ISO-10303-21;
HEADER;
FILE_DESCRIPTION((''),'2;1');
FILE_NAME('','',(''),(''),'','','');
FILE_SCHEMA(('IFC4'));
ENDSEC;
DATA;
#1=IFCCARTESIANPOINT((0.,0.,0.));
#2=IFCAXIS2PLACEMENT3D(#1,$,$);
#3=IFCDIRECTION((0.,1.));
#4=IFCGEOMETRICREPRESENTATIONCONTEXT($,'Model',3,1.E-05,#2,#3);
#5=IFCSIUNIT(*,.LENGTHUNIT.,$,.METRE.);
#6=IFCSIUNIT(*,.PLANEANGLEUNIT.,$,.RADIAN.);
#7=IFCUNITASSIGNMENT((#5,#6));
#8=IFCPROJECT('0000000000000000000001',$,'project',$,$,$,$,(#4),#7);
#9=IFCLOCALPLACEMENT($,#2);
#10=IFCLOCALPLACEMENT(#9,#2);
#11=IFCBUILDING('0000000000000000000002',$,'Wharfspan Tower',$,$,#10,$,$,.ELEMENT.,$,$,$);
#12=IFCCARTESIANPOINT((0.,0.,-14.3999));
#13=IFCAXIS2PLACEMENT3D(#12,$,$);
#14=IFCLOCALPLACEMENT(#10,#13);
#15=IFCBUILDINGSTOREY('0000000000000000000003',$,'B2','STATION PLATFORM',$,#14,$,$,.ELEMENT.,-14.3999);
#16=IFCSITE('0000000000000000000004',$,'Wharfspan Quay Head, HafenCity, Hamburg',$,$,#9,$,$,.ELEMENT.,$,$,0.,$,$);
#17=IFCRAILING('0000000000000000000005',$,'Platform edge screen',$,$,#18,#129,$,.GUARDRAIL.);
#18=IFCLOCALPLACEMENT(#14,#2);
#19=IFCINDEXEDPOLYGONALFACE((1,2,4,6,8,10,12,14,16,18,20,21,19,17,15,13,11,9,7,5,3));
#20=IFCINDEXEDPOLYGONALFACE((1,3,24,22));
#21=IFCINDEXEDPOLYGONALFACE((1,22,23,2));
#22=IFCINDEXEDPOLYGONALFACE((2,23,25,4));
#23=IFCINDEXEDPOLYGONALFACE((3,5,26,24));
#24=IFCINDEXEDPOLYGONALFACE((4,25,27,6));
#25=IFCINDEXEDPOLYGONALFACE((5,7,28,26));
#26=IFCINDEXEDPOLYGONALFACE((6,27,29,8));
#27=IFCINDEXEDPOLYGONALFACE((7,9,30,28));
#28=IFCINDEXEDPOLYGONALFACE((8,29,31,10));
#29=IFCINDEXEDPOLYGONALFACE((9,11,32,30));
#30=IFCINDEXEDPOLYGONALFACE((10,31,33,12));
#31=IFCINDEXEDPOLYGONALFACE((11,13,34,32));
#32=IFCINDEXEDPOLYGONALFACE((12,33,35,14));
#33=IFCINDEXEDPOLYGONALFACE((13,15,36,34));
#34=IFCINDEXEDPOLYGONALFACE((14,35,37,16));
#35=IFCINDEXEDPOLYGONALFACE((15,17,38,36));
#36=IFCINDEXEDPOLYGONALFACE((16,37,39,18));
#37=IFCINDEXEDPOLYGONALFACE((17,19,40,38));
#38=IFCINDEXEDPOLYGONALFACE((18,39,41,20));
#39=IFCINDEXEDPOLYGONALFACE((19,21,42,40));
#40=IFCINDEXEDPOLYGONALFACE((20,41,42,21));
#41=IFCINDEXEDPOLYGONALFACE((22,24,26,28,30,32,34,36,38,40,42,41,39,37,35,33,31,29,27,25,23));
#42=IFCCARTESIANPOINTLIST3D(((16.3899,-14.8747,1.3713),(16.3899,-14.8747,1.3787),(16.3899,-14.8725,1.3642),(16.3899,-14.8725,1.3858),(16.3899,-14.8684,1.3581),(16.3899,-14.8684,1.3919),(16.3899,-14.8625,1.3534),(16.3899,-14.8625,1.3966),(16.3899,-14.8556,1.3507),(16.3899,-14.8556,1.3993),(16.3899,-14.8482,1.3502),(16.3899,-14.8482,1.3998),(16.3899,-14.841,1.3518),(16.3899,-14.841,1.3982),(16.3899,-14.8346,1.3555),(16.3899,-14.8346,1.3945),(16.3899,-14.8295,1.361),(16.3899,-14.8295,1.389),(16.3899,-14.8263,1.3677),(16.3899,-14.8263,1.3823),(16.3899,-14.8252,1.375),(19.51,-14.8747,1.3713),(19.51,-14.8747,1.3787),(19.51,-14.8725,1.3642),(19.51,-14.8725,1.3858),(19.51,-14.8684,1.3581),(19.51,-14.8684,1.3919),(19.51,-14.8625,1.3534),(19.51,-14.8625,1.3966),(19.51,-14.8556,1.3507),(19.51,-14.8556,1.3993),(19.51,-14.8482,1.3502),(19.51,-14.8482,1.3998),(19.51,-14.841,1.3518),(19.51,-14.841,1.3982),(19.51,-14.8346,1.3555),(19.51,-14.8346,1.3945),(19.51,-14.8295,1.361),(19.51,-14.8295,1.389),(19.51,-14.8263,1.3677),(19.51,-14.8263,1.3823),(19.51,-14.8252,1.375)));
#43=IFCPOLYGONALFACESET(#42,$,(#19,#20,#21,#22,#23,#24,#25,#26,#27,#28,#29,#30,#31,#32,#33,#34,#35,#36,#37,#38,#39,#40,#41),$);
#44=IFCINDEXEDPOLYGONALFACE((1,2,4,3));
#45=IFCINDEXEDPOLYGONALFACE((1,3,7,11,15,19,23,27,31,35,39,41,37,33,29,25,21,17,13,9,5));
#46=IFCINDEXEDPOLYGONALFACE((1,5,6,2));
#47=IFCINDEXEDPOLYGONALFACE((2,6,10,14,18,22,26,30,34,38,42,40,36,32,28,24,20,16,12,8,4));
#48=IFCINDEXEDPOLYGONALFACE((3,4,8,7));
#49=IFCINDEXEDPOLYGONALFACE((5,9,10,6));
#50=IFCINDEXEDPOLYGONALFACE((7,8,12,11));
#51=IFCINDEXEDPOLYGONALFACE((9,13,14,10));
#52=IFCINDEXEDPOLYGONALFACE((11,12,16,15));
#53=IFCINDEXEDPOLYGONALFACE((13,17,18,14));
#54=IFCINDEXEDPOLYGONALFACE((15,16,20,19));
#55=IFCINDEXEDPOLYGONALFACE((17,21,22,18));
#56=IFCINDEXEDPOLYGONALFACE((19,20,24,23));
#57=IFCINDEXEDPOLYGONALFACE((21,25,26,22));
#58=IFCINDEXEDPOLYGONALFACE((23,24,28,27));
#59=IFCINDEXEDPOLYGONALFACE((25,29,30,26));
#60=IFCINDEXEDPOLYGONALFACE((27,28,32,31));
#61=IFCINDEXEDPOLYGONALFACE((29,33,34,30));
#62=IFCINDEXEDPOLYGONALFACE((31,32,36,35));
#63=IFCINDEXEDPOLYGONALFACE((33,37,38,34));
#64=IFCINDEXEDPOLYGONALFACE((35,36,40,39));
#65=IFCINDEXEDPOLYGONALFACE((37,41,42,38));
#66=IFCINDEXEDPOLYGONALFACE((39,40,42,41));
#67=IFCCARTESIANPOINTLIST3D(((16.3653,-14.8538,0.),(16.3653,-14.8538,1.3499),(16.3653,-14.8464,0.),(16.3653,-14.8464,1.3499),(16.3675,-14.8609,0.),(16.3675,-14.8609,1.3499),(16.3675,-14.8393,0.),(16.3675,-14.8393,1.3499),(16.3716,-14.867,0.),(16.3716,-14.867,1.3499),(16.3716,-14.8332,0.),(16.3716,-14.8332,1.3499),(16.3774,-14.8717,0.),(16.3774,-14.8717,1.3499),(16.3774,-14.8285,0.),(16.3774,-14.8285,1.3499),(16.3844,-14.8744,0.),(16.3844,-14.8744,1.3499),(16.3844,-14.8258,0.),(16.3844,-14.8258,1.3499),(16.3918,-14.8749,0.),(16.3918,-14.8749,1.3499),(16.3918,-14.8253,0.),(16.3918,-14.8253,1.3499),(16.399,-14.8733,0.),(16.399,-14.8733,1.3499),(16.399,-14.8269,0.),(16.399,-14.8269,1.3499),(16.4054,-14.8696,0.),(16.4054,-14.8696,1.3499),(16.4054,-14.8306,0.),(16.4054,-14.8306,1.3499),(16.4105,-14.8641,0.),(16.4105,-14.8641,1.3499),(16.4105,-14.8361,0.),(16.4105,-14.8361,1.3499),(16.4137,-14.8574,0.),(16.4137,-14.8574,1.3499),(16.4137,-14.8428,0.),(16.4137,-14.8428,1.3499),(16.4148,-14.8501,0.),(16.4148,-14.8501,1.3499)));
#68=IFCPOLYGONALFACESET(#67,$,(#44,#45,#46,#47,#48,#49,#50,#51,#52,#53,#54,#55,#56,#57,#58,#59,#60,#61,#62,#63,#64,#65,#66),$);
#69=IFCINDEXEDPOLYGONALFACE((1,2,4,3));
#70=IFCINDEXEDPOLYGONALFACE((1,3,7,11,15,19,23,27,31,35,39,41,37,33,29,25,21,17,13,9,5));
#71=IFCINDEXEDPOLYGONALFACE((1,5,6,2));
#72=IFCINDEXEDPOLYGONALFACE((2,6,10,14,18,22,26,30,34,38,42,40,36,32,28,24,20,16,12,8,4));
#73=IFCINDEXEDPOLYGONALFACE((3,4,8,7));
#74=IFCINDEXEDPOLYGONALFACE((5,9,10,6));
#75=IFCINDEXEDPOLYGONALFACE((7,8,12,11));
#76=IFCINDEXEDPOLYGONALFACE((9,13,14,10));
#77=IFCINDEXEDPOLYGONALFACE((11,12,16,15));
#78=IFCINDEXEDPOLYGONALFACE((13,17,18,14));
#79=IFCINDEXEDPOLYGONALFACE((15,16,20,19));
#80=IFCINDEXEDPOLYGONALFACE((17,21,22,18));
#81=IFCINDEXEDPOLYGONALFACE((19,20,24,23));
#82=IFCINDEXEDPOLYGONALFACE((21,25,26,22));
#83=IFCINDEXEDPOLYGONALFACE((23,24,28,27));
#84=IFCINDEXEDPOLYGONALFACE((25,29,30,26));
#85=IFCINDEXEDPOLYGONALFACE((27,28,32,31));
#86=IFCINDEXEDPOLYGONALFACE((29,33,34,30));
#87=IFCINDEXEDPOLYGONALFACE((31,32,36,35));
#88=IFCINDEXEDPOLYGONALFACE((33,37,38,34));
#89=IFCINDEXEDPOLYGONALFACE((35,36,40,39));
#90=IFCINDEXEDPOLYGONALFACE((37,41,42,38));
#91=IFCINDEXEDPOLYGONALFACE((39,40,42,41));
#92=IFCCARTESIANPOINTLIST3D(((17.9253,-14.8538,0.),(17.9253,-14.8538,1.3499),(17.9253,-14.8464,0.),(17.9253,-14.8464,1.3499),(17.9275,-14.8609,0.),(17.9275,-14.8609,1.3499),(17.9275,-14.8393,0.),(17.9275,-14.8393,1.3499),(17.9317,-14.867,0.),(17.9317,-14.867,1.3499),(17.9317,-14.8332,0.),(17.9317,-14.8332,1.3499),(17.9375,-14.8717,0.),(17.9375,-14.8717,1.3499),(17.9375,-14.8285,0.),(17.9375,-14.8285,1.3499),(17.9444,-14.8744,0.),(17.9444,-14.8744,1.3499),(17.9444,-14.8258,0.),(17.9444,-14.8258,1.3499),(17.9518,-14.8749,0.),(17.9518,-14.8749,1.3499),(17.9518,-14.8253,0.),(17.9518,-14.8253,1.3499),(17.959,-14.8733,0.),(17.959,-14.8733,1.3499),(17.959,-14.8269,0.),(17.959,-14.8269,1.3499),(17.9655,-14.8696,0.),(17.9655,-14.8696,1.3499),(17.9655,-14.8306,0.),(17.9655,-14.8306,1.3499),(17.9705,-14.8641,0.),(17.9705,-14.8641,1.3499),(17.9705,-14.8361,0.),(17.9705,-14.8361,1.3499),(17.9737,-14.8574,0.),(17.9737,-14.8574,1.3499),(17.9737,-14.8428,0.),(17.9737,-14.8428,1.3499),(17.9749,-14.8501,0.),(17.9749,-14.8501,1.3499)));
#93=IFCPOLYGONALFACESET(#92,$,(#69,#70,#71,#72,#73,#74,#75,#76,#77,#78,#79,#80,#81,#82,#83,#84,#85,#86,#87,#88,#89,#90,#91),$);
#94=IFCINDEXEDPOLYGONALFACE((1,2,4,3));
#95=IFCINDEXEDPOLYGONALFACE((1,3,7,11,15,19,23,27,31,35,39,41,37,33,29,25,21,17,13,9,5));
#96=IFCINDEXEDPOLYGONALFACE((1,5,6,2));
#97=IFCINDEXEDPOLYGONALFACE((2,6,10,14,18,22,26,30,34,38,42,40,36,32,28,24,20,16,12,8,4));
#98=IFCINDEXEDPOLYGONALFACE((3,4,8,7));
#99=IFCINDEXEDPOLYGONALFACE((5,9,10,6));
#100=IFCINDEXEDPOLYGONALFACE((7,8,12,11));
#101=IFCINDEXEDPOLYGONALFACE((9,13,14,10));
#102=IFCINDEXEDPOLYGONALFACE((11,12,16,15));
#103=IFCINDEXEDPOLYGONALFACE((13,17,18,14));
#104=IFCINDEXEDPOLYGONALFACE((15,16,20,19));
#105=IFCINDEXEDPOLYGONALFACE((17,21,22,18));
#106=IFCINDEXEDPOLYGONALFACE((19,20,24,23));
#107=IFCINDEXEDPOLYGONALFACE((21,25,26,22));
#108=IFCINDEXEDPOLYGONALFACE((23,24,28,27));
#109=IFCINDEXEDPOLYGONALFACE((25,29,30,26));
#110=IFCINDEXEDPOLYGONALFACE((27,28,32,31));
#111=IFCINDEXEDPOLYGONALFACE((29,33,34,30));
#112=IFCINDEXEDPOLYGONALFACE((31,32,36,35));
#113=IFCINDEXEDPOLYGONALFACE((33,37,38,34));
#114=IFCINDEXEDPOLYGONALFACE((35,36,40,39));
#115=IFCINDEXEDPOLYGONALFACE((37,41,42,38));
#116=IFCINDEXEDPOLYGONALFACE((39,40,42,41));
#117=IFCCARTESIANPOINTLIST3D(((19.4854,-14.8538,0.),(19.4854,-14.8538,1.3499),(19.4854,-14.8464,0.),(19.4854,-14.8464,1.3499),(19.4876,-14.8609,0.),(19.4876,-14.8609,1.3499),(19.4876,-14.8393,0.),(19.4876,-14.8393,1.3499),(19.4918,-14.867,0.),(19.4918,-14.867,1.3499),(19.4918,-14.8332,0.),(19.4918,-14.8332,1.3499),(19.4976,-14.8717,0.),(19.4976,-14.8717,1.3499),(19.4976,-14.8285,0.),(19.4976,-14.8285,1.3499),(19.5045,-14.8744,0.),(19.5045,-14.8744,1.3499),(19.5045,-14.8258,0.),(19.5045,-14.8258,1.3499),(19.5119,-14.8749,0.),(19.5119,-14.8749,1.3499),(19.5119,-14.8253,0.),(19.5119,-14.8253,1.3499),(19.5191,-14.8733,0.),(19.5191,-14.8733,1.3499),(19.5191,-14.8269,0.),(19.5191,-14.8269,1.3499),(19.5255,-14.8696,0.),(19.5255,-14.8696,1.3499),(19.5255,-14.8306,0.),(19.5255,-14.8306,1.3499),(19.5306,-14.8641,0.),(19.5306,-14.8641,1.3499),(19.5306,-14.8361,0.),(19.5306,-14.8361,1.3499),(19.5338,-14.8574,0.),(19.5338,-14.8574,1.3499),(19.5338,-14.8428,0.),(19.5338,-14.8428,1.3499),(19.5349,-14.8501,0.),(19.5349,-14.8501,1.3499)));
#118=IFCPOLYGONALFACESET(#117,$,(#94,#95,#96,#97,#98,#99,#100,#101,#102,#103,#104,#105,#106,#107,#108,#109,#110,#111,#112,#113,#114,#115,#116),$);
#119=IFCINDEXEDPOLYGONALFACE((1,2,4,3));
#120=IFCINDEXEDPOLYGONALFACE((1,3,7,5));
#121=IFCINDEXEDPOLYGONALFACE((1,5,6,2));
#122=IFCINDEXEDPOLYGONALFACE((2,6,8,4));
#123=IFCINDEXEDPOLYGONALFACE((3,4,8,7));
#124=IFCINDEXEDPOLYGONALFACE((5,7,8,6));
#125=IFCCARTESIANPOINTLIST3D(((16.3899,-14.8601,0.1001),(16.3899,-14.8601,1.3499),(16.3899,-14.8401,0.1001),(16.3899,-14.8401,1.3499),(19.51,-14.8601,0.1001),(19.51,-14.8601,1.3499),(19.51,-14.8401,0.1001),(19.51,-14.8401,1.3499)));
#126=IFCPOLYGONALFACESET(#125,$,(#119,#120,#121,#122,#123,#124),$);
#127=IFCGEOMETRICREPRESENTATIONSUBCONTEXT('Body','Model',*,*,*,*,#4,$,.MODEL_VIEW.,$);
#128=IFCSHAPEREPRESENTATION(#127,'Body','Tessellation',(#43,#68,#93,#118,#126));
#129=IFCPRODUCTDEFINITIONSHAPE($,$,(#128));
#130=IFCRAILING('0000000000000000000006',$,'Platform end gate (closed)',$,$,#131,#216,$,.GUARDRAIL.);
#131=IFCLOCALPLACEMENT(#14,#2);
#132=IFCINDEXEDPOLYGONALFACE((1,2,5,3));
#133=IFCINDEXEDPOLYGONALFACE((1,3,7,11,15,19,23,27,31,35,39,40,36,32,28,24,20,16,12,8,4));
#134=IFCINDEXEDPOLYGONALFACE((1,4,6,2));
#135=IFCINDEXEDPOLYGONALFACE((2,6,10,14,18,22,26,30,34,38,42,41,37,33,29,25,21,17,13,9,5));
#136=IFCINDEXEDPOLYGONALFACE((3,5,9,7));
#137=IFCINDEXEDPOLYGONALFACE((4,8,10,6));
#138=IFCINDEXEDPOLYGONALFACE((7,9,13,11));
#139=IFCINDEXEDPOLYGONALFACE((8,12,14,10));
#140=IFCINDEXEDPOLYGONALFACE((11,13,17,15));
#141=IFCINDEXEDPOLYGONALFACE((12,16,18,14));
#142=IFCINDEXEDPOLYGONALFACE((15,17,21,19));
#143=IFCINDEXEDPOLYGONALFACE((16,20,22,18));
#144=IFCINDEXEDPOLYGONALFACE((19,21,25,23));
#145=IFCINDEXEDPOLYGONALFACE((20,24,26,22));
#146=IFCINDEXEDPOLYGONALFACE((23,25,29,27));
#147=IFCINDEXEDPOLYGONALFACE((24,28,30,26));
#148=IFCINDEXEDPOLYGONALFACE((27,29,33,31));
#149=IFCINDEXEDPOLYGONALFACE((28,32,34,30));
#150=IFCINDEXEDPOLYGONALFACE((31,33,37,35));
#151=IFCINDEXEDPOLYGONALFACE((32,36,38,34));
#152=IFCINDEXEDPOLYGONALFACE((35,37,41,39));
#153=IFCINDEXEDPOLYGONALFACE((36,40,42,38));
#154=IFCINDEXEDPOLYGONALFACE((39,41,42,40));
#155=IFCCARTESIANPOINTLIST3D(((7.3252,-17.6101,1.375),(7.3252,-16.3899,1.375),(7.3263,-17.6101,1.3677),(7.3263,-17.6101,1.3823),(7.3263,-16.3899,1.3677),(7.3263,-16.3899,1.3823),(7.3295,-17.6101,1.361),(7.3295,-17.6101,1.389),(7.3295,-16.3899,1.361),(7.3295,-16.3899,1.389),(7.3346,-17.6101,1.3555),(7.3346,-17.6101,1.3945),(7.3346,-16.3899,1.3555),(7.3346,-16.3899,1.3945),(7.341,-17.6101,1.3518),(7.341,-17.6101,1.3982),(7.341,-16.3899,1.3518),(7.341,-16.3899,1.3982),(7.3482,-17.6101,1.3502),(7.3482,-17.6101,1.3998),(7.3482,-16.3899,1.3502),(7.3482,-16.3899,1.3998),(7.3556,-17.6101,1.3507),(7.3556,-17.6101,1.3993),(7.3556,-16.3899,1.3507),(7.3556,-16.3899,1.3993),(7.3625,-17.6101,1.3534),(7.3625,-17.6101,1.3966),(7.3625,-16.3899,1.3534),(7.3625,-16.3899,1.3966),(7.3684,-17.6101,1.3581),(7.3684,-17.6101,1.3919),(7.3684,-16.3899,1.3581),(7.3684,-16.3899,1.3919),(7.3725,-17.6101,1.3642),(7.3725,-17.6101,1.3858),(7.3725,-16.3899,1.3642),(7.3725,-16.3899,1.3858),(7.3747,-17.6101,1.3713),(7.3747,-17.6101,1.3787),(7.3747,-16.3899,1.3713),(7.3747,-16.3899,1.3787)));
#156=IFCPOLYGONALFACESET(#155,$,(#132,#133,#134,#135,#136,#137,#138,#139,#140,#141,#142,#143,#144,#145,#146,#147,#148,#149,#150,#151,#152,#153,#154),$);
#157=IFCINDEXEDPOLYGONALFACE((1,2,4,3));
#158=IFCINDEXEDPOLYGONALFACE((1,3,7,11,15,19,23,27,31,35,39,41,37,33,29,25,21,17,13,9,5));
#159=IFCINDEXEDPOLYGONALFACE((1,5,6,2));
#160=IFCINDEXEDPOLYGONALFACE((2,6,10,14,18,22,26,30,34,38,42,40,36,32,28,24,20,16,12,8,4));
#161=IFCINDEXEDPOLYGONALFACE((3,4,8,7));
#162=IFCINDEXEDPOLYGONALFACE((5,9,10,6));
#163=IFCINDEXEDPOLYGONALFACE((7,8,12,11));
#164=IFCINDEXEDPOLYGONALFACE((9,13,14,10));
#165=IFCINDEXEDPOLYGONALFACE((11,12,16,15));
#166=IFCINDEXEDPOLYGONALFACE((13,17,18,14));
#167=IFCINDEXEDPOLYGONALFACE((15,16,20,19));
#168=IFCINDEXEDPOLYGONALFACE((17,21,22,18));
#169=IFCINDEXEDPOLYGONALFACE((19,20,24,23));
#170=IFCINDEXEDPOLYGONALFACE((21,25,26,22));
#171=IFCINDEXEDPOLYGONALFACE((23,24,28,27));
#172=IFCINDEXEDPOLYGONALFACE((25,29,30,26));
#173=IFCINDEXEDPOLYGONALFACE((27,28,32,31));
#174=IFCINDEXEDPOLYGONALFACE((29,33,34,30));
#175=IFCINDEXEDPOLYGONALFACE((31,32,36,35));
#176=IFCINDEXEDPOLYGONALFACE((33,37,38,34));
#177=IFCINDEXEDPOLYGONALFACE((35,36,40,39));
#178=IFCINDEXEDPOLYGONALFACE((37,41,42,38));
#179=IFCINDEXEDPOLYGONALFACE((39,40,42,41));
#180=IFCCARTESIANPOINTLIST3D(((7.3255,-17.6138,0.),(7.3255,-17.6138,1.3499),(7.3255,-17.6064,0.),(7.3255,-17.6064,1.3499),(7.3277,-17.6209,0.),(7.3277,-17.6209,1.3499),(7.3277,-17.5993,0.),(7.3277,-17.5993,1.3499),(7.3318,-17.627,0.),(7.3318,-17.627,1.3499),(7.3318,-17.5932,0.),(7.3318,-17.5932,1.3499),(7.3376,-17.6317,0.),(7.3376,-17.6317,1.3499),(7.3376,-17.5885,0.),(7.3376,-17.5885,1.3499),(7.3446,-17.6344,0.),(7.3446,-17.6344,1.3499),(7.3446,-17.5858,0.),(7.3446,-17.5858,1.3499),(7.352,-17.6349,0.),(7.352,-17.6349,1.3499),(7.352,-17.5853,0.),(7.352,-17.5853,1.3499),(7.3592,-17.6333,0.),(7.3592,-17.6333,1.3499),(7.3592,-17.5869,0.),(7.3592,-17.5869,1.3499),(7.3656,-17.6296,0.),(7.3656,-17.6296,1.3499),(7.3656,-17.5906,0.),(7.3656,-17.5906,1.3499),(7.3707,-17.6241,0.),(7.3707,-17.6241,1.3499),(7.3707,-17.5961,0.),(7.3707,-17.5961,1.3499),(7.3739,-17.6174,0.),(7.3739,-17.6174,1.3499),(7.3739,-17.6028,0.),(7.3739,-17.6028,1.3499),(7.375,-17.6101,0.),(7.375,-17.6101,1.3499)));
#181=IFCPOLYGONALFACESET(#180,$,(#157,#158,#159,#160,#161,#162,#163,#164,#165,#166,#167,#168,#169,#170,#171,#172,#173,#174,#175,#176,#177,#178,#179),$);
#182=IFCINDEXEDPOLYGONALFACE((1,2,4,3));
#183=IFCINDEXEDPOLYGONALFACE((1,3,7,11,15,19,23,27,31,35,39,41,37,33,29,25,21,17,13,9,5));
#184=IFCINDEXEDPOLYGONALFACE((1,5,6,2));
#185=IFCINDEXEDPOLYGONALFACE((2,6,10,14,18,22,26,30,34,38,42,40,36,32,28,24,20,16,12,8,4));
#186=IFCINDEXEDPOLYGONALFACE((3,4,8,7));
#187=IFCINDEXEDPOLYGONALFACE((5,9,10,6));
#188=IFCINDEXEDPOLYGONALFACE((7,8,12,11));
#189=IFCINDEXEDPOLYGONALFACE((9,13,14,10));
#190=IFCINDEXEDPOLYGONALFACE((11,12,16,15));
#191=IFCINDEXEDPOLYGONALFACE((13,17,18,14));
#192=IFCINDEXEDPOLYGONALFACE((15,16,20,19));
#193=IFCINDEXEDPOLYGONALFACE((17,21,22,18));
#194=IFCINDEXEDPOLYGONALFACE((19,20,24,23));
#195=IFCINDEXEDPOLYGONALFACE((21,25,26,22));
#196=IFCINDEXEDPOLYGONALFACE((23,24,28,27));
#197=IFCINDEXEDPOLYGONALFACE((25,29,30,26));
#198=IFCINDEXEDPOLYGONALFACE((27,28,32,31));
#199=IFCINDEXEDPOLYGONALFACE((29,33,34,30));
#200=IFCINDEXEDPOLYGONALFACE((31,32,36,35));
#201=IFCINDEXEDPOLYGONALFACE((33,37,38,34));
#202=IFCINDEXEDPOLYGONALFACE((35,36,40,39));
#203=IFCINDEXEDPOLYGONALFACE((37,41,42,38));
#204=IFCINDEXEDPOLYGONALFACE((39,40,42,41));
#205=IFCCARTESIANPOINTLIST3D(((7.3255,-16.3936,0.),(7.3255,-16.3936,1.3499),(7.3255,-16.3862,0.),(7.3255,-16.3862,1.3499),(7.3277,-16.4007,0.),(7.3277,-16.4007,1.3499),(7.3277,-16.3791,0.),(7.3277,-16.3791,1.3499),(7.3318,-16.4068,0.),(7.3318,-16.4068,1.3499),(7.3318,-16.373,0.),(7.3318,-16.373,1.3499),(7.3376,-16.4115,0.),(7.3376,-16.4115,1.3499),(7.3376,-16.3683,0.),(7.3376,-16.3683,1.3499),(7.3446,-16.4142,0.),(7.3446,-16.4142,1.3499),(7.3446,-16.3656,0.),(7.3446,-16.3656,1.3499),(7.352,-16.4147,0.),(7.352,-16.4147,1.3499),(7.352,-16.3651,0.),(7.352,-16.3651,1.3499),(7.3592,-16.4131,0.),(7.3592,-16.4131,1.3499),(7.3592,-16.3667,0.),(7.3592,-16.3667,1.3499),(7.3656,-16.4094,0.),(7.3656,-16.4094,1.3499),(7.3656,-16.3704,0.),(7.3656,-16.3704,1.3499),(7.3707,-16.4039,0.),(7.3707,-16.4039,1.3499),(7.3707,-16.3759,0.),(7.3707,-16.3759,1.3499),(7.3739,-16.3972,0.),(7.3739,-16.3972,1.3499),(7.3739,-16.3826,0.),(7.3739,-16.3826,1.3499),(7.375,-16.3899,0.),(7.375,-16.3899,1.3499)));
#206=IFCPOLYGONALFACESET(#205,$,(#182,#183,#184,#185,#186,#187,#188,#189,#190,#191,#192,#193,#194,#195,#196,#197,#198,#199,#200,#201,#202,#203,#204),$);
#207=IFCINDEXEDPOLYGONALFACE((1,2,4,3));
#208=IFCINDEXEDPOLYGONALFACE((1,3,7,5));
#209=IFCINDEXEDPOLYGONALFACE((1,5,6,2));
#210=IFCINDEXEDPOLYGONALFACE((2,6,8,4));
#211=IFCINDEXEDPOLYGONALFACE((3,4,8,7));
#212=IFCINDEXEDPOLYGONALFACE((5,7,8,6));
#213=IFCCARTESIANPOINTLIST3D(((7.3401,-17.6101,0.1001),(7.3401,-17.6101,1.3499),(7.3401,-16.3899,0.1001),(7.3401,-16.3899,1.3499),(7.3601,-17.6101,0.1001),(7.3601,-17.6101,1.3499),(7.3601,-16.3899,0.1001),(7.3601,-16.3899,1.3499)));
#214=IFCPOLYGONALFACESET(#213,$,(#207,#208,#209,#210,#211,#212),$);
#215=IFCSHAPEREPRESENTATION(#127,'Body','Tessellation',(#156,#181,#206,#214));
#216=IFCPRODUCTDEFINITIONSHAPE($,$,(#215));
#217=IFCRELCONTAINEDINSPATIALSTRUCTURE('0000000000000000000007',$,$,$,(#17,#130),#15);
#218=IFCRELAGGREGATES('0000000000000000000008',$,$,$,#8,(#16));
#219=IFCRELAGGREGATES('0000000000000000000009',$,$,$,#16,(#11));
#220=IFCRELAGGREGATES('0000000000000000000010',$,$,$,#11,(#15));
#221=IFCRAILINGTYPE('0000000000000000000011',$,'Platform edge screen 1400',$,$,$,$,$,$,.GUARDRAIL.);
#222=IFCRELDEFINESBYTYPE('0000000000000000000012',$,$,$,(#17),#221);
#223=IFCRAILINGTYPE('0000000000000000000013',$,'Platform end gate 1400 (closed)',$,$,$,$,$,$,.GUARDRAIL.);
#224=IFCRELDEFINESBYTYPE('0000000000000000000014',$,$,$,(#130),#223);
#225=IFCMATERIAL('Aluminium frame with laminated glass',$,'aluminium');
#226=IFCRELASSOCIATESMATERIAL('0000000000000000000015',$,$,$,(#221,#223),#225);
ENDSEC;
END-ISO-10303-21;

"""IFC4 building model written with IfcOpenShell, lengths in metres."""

from ifc_helpers import new_model, si_unit, direction, frame, origin, origin_2d, place, context, subcontext, project, spatial, rectangle, circle, extrude, material, type_object, element, save


model = new_model("IFC4")

# Units and contexts
model_context = context("Model", 3, precision=1e-05, world=origin(), true_north=direction((0.0, 1.0)))
body_context = subcontext(model_context, "Body", "Model", "MODEL_VIEW")
ifc_project = project(units=[si_unit("LENGTHUNIT", "METRE"), si_unit("PLANEANGLEUNIT", "RADIAN")], contexts=[model_context])

# Site, building, storey
site_placement = place(None, origin())
site = spatial("IfcSite", under=ifc_project, at=site_placement, Name="Wharfspan Quay Head, HafenCity, Hamburg", CompositionType="ELEMENT", RefElevation=0.0)
building_placement = place(site_placement, origin())
building = spatial("IfcBuilding", under=site, at=building_placement, Name="Wharfspan Tower", CompositionType="ELEMENT")
storey_placement = place(building_placement, frame((0.0, 0.0, -14.3999)))
storey = spatial("IfcBuildingStorey", under=building, at=storey_placement, Name="B2", Description="STATION PLATFORM", CompositionType="ELEMENT", Elevation=-14.3999)

# Railings
ifc_material_1 = material(Name="Aluminium frame with laminated glass", Category="aluminium")
railing_type_1 = type_object("IfcRailingType", Name="Platform edge screen 1400", PredefinedType="GUARDRAIL", material=ifc_material_1)
for number, where, name in (
    (1, (16.3899, -14.8501, 0.0), "Platform edge screen"),
):
    element("IfcRailing", number, at=place(storey_placement, frame(where)), inside=storey, type_object=railing_type_1, Name=name, PredefinedType="GUARDRAIL", context=body_context, shape_type="SweptSolid", body=[
        extrude(circle(Radius=0.0249, at=origin_2d()), frame((0.0, 0.0, 1.375), z_axis=(1.0, 0.0, 0.0), x_axis=(0.0, 1.0, 0.0)), (0.0, 0.0, 1.0), 3.1201),
        extrude(circle(Radius=0.0249, at=origin_2d()), origin(), (0.0, 0.0, 1.0), 1.3499),
        extrude(circle(Radius=0.0249, at=origin_2d()), frame((1.5601, 0.0, 0.0)), (0.0, 0.0, 1.0), 1.3499),
        extrude(circle(Radius=0.0249, at=origin_2d()), frame((3.1201, 0.0, 0.0)), (0.0, 0.0, 1.0), 1.3499),
        extrude(rectangle(XDim=3.1201, YDim=0.02, at=origin_2d()), frame((1.5601, 0.0, 0.1001), z_axis=(0.0, 0.0, 1.0), x_axis=(1.0, 0.0, 0.0)), (0.0, 0.0, 1.0), 1.2498),
    ])
railing_type_2 = type_object("IfcRailingType", Name="Platform end gate 1400 (closed)", PredefinedType="GUARDRAIL", material=ifc_material_1)
railing_1_placement = place(storey_placement, frame((7.3501, -17.6101, 0.0)))
element("IfcRailing", 2, at=railing_1_placement, inside=storey, type_object=railing_type_2, Name="Platform end gate (closed)", PredefinedType="GUARDRAIL", context=body_context, shape_type="SweptSolid", body=[
    extrude(circle(Radius=0.0249, at=origin_2d()), frame((0.0, 0.0, 1.375), z_axis=(0.0, 1.0, 0.0), x_axis=(-1.0, 0.0, 0.0)), (0.0, 0.0, 1.0), 1.2202),
    extrude(circle(Radius=0.0249, at=origin_2d()), origin(), (0.0, 0.0, 1.0), 1.3499),
    extrude(circle(Radius=0.0249, at=origin_2d()), frame((0.0, 1.2202, 0.0)), (0.0, 0.0, 1.0), 1.3499),
    extrude(rectangle(XDim=1.2202, YDim=0.02, at=origin_2d()), frame((0.0, 0.6101, 0.1001), z_axis=(0.0, 0.0, 1.0), x_axis=(0.0, 1.0, 0.0)), (0.0, 0.0, 1.0), 1.2498),
])

save(model, "model.ifc")
